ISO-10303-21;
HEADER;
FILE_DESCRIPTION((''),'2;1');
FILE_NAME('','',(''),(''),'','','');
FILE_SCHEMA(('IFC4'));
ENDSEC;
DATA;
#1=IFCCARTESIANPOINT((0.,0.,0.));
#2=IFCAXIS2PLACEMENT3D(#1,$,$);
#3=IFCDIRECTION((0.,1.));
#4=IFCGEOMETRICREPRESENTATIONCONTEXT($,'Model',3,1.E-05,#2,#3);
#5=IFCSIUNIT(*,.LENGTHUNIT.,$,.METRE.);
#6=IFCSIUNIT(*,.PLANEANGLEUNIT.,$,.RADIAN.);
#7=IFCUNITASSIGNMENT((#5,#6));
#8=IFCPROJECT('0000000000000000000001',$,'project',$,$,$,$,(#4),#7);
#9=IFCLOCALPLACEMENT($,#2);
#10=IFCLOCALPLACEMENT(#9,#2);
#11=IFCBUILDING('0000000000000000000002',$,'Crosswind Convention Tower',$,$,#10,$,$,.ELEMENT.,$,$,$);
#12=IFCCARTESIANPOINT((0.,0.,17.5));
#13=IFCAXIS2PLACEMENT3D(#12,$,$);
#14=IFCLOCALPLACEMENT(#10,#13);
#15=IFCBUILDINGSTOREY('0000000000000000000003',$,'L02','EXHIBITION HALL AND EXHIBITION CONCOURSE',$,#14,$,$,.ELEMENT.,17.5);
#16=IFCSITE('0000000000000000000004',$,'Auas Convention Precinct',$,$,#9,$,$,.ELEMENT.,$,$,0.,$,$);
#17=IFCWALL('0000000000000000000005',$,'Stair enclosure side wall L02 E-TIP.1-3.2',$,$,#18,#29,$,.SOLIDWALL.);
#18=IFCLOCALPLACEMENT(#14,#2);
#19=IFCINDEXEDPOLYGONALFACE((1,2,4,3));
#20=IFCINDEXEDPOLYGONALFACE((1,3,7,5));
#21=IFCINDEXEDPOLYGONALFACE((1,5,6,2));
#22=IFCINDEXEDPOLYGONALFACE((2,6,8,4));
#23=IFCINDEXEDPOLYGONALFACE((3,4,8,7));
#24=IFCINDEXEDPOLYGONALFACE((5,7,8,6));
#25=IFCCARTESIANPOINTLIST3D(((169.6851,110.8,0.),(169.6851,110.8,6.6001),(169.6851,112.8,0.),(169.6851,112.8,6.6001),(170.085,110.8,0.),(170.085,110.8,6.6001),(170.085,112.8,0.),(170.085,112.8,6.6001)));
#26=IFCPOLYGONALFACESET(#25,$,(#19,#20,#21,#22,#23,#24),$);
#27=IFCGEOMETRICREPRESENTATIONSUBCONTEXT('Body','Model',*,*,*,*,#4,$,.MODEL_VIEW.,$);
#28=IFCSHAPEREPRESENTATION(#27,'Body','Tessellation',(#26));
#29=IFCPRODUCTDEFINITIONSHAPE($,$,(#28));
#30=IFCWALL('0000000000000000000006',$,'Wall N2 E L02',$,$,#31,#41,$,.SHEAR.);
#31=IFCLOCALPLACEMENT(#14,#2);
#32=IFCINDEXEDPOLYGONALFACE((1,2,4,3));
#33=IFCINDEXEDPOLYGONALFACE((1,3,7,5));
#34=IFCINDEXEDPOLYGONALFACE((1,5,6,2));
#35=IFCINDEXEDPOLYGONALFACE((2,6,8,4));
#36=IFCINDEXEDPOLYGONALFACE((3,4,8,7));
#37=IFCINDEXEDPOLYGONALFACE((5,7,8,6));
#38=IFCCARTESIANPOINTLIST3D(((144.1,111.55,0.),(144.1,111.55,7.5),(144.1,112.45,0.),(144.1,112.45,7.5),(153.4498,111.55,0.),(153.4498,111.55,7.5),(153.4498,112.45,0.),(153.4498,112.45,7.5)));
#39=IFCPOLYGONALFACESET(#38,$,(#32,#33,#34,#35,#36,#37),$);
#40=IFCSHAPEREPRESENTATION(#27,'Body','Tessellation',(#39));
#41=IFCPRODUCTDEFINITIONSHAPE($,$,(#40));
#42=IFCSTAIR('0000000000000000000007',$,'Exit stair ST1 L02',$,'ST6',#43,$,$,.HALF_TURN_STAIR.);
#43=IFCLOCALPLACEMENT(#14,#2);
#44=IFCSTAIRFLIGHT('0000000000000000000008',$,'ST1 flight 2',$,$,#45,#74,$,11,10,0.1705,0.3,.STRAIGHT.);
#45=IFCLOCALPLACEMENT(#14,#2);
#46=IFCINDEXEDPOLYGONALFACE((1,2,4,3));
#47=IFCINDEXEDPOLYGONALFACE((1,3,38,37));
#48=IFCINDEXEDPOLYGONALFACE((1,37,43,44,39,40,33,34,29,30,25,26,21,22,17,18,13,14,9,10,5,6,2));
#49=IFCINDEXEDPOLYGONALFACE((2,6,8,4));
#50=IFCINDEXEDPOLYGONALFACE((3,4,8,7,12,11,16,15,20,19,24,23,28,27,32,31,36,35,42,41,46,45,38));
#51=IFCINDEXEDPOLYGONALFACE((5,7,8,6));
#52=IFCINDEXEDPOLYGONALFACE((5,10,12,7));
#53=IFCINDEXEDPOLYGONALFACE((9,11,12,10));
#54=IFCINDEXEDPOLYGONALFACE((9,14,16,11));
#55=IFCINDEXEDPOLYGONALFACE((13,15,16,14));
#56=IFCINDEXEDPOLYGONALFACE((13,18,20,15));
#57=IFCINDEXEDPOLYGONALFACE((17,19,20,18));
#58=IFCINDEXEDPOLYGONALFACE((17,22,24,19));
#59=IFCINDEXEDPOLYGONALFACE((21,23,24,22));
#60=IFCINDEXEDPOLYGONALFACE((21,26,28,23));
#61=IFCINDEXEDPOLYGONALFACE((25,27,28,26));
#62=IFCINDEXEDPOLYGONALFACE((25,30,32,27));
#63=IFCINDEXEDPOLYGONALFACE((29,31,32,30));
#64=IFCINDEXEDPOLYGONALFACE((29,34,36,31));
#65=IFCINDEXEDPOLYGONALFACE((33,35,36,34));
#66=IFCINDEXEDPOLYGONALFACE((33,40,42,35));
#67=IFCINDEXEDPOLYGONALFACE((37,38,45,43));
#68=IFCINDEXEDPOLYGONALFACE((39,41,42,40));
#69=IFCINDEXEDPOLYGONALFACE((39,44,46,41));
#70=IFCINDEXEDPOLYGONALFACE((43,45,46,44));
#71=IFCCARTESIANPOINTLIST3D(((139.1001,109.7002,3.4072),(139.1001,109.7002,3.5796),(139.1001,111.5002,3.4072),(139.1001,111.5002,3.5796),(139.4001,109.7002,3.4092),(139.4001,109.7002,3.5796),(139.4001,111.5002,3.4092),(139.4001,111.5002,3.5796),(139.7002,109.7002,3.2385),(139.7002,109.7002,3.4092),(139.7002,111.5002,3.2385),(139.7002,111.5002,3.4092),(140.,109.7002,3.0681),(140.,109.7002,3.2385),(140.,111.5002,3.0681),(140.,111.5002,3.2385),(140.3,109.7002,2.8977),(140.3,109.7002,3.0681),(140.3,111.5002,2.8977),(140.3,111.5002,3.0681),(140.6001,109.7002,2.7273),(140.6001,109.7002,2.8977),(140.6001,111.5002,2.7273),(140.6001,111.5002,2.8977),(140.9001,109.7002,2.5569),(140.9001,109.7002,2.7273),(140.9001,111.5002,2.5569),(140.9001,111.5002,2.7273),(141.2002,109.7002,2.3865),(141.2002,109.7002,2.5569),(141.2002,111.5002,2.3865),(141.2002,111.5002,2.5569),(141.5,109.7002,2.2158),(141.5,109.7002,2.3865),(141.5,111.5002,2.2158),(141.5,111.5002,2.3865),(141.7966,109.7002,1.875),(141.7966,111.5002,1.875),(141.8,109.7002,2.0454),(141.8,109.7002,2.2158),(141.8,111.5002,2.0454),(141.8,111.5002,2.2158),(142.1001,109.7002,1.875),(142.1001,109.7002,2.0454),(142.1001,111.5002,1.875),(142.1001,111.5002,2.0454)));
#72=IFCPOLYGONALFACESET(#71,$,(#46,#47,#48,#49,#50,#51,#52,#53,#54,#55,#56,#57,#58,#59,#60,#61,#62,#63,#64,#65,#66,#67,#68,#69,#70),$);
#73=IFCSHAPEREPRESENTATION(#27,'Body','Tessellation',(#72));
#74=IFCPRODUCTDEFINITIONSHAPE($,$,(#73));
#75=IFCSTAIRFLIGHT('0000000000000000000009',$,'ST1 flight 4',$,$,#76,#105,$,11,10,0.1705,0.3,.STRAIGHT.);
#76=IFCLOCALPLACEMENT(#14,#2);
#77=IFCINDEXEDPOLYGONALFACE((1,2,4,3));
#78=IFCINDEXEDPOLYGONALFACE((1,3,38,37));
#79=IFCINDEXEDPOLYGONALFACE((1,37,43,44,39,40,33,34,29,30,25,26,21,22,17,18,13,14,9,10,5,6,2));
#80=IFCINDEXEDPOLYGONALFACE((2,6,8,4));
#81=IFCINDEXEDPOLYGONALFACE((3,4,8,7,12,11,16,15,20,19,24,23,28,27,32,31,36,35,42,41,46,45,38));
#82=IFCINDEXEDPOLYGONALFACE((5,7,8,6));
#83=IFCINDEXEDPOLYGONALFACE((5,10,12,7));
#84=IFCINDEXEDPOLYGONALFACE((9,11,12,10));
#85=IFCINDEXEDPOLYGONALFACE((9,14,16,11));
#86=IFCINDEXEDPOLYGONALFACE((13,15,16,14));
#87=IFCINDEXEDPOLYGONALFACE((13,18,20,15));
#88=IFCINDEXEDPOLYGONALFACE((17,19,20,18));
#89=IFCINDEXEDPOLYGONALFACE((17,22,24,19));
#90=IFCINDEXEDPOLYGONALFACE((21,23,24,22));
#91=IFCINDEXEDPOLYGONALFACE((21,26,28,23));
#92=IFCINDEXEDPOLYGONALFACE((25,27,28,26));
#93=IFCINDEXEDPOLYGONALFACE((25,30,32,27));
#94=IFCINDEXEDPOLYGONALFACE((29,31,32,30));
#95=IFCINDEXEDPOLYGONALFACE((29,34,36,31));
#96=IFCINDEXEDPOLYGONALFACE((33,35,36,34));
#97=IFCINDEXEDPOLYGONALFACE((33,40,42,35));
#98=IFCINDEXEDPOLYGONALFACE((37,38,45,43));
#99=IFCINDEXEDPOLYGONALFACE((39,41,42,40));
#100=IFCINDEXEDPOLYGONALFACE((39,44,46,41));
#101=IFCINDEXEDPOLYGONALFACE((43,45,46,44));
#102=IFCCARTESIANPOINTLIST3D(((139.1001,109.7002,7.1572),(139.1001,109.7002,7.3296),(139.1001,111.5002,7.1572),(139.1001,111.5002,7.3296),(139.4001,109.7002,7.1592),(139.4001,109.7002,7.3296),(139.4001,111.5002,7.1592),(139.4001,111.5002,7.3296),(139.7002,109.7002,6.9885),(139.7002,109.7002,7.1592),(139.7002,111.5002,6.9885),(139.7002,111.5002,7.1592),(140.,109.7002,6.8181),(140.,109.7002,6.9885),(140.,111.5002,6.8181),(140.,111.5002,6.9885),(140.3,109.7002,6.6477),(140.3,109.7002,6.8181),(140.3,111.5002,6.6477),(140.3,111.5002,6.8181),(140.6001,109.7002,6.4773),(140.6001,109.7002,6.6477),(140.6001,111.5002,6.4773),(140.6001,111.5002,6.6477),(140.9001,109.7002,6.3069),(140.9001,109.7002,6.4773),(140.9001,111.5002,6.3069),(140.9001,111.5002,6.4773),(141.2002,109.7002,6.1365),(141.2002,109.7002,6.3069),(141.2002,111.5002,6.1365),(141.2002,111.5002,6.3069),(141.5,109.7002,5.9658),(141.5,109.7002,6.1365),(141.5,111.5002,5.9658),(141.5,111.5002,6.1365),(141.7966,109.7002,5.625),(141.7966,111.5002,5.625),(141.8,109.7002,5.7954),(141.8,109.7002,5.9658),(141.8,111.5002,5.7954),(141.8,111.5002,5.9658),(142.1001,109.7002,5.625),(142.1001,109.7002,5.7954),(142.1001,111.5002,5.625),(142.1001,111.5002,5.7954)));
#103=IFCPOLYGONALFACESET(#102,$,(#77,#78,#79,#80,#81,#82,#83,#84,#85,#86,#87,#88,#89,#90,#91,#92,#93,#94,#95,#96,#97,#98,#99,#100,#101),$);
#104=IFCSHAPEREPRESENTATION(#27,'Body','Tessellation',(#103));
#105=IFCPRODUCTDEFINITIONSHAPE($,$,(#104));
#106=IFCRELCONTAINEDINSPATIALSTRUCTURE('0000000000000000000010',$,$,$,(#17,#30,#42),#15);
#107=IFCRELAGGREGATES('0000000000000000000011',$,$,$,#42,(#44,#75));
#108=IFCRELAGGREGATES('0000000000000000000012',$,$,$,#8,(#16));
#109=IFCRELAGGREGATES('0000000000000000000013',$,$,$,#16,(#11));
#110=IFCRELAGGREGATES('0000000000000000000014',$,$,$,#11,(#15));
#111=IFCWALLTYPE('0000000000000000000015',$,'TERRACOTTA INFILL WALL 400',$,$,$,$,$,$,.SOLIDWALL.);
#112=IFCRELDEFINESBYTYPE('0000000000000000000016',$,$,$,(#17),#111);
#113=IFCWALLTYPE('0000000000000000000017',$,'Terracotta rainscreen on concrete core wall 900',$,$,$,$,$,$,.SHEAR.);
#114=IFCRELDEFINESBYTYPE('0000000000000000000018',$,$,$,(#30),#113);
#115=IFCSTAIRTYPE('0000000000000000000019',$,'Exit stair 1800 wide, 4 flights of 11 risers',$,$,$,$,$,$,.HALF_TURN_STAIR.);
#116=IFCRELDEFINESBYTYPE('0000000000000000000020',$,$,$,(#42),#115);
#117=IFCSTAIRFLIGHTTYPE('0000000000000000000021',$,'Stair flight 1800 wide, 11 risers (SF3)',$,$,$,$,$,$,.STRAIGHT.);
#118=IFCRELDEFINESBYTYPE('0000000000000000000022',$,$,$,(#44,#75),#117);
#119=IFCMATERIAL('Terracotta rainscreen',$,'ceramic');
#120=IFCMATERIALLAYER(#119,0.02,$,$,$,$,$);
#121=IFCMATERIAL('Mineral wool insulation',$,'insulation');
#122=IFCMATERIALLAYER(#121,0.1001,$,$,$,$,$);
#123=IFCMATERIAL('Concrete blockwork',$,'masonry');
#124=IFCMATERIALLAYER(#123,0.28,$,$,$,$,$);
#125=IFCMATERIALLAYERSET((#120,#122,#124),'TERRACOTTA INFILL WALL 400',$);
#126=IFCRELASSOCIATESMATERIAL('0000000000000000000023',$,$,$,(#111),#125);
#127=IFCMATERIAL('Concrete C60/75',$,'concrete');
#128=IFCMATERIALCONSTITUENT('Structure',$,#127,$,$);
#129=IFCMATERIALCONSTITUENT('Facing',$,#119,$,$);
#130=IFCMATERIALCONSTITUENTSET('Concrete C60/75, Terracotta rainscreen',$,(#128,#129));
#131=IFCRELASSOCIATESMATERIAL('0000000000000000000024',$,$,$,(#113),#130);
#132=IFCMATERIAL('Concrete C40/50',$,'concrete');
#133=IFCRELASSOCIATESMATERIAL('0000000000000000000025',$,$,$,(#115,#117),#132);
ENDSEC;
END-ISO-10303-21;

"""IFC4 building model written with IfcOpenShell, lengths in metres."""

from ifc_helpers import new_model, si_unit, direction, frame, frame_2d, origin, place, context, subcontext, project, spatial, polyline, rectangle, outline, extrude, material, layer, layer_set, constituent, constituent_set, type_object, element, aggregate, save


model = new_model("IFC4")

# Units and contexts
model_context = context("Model", 3, precision=1e-05, world=origin(), true_north=direction((0.0, 1.0)))
body_context = subcontext(model_context, "Body", "Model", "MODEL_VIEW")
ifc_project = project(units=[si_unit("LENGTHUNIT", "METRE"), si_unit("PLANEANGLEUNIT", "RADIAN")], contexts=[model_context])

# Site, building, storey
site_placement = place(None, origin())
site = spatial("IfcSite", under=ifc_project, at=site_placement, Name="Auas Convention Precinct", CompositionType="ELEMENT", RefElevation=0.0)
building_placement = place(site_placement, origin())
building = spatial("IfcBuilding", under=site, at=building_placement, Name="Crosswind Convention Tower", CompositionType="ELEMENT")
storey_placement = place(building_placement, frame((0.0, 0.0, 17.5)))
storey = spatial("IfcBuildingStorey", under=building, at=storey_placement, Name="L02", Description="EXHIBITION HALL AND EXHIBITION CONCOURSE", CompositionType="ELEMENT", Elevation=17.5)

# Shared definitions
ifc_material_1 = material(Name="Concrete C60/75", Category="concrete")

# Walls
ifc_material_2 = material(Name="Concrete C40/50", Category="concrete")
ifc_material_3 = material(Name="Terracotta rainscreen", Category="ceramic")
ifc_material_4 = material(Name="Mineral wool insulation", Category="insulation")
ifc_material_5 = material(Name="Concrete blockwork", Category="masonry")
ifc_layer_1 = layer(ifc_material_3, 0.02)
ifc_layer_2 = layer(ifc_material_4, 0.1001)
ifc_layer_3 = layer(ifc_material_5, 0.28)
ifc_layer_set_1 = layer_set([ifc_layer_1, ifc_layer_2, ifc_layer_3], Name="TERRACOTTA INFILL WALL 400")
wall_type_1 = type_object("IfcWallType", Name="TERRACOTTA INFILL WALL 400", PredefinedType="SOLIDWALL", material=ifc_layer_set_1)
wall_1_placement = place(storey_placement, frame((169.885, 110.8, 0.0), z_axis=(0.0, 0.0, 1.0), x_axis=(0.0, 1.0, 0.0)))
element("IfcWall", 1, at=wall_1_placement, inside=storey, type_object=wall_type_1, Name="Stair enclosure side wall L02 E-TIP.1-3.2", PredefinedType="SOLIDWALL", context=body_context, shape_type="SweptSolid", body=[
    extrude(rectangle(XDim=2.0, YDim=0.3999, at=frame_2d((1.0, 0.0))), origin(), (0.0, 0.0, 1.0), 6.6001),
])
ifc_constituent_1 = constituent(ifc_material_1, Name="Structure")
ifc_constituent_2 = constituent(ifc_material_3, Name="Facing")
ifc_constituent_set = constituent_set(constituents=[ifc_constituent_1, ifc_constituent_2], Name="Concrete C60/75, Terracotta rainscreen")
wall_type_2 = type_object("IfcWallType", Name="Terracotta rainscreen on concrete core wall 900", PredefinedType="SHEAR", material=ifc_constituent_set)
wall_2_placement = place(storey_placement, frame((144.1001, 112.0, 0.0), z_axis=(0.0, 0.0, 1.0), x_axis=(1.0, 0.0, 0.0)))
element("IfcWall", 2, at=wall_2_placement, inside=storey, type_object=wall_type_2, Name="Wall N2 E L02", PredefinedType="SHEAR", context=body_context, shape_type="SweptSolid", body=[
    extrude(rectangle(XDim=9.3499, YDim=0.8999, at=frame_2d((4.6748, 0.0))), origin(), (0.0, 0.0, 1.0), 7.5),
])

# Stair, stair flights
stair_type = type_object("IfcStairType", Name="Exit stair 1800 wide, 4 flights of 11 risers", PredefinedType="HALF_TURN_STAIR", material=ifc_material_2)
stair_placement = place(storey_placement, origin())
stair = element("IfcStair", 3, at=stair_placement, inside=storey, type_object=stair_type, Name="Exit stair ST1 L02", ObjectType="ST6", PredefinedType="HALF_TURN_STAIR")
stair_flight_type = type_object("IfcStairFlightType", Name="Stair flight 1800 wide, 11 risers (SF3)", PredefinedType="STRAIGHT", material=ifc_material_2)
stair_flight_1_placement = place(storey_placement, frame((142.1001, 110.6001, 1.875), z_axis=(0.0, 0.0, 1.0), x_axis=(-1.0, 0.0, 0.0)))
stair_flight_1 = element("IfcStairFlight", 4, at=stair_flight_1_placement, type_object=stair_flight_type, Name="ST1 flight 2", NumberOfRisers=11, NumberOfTreads=10, PredefinedType="STRAIGHT", RiserHeight=0.1705, TreadLength=0.3, context=body_context, shape_type="SweptSolid", body=[
    extrude(outline(polyline([(0.0, 0.0), (0.0, 0.1704), (0.3, 0.1704), (0.3, 0.3408), (0.6001, 0.3408), (0.6001, 0.5115), (0.8999, 0.5115), (0.8999, 0.6819), (1.2, 0.6819), (1.2, 0.8523), (1.5, 0.8523), (1.5, 1.0227), (1.8, 1.0227), (1.8, 1.1931), (2.1001, 1.1931), (2.1001, 1.3635), (2.3999, 1.3635), (2.3999, 1.5342), (2.7, 1.5342), (2.7, 1.7046), (3.0, 1.7046), (3.0, 1.875), (3.0, 1.5322), (0.3035, 0.0), (0.0, 0.0)])), frame((0.0, 0.8999, 0.0), z_axis=(0.0, -1.0, 0.0), x_axis=(1.0, 0.0, 0.0)), (0.0, 0.0, 1.0), 1.8),
])
stair_flight_2_placement = place(storey_placement, frame((142.1001, 110.6001, 5.625), z_axis=(0.0, 0.0, 1.0), x_axis=(-1.0, 0.0, 0.0)))
stair_flight_2 = element("IfcStairFlight", 5, at=stair_flight_2_placement, type_object=stair_flight_type, Name="ST1 flight 4", NumberOfRisers=11, NumberOfTreads=10, PredefinedType="STRAIGHT", RiserHeight=0.1705, TreadLength=0.3, context=body_context, shape_type="SweptSolid", body=[
    extrude(outline(polyline([(0.0, 0.0), (0.0, 0.1704), (0.3, 0.1704), (0.3, 0.3408), (0.6001, 0.3408), (0.6001, 0.5115), (0.8999, 0.5115), (0.8999, 0.6819), (1.2, 0.6819), (1.2, 0.8523), (1.5, 0.8523), (1.5, 1.0227), (1.8, 1.0227), (1.8, 1.1931), (2.1001, 1.1931), (2.1001, 1.3635), (2.3999, 1.3635), (2.3999, 1.5342), (2.7, 1.5342), (2.7, 1.7046), (3.0, 1.7046), (3.0, 1.875), (3.0, 1.5322), (0.3035, 0.0), (0.0, 0.0)])), frame((0.0, 0.8999, 0.0), z_axis=(0.0, -1.0, 0.0), x_axis=(1.0, 0.0, 0.0)), (0.0, 0.0, 1.0), 1.8),
])
aggregate(stair, [stair_flight_1, stair_flight_2])

save(model, "model.ifc")
